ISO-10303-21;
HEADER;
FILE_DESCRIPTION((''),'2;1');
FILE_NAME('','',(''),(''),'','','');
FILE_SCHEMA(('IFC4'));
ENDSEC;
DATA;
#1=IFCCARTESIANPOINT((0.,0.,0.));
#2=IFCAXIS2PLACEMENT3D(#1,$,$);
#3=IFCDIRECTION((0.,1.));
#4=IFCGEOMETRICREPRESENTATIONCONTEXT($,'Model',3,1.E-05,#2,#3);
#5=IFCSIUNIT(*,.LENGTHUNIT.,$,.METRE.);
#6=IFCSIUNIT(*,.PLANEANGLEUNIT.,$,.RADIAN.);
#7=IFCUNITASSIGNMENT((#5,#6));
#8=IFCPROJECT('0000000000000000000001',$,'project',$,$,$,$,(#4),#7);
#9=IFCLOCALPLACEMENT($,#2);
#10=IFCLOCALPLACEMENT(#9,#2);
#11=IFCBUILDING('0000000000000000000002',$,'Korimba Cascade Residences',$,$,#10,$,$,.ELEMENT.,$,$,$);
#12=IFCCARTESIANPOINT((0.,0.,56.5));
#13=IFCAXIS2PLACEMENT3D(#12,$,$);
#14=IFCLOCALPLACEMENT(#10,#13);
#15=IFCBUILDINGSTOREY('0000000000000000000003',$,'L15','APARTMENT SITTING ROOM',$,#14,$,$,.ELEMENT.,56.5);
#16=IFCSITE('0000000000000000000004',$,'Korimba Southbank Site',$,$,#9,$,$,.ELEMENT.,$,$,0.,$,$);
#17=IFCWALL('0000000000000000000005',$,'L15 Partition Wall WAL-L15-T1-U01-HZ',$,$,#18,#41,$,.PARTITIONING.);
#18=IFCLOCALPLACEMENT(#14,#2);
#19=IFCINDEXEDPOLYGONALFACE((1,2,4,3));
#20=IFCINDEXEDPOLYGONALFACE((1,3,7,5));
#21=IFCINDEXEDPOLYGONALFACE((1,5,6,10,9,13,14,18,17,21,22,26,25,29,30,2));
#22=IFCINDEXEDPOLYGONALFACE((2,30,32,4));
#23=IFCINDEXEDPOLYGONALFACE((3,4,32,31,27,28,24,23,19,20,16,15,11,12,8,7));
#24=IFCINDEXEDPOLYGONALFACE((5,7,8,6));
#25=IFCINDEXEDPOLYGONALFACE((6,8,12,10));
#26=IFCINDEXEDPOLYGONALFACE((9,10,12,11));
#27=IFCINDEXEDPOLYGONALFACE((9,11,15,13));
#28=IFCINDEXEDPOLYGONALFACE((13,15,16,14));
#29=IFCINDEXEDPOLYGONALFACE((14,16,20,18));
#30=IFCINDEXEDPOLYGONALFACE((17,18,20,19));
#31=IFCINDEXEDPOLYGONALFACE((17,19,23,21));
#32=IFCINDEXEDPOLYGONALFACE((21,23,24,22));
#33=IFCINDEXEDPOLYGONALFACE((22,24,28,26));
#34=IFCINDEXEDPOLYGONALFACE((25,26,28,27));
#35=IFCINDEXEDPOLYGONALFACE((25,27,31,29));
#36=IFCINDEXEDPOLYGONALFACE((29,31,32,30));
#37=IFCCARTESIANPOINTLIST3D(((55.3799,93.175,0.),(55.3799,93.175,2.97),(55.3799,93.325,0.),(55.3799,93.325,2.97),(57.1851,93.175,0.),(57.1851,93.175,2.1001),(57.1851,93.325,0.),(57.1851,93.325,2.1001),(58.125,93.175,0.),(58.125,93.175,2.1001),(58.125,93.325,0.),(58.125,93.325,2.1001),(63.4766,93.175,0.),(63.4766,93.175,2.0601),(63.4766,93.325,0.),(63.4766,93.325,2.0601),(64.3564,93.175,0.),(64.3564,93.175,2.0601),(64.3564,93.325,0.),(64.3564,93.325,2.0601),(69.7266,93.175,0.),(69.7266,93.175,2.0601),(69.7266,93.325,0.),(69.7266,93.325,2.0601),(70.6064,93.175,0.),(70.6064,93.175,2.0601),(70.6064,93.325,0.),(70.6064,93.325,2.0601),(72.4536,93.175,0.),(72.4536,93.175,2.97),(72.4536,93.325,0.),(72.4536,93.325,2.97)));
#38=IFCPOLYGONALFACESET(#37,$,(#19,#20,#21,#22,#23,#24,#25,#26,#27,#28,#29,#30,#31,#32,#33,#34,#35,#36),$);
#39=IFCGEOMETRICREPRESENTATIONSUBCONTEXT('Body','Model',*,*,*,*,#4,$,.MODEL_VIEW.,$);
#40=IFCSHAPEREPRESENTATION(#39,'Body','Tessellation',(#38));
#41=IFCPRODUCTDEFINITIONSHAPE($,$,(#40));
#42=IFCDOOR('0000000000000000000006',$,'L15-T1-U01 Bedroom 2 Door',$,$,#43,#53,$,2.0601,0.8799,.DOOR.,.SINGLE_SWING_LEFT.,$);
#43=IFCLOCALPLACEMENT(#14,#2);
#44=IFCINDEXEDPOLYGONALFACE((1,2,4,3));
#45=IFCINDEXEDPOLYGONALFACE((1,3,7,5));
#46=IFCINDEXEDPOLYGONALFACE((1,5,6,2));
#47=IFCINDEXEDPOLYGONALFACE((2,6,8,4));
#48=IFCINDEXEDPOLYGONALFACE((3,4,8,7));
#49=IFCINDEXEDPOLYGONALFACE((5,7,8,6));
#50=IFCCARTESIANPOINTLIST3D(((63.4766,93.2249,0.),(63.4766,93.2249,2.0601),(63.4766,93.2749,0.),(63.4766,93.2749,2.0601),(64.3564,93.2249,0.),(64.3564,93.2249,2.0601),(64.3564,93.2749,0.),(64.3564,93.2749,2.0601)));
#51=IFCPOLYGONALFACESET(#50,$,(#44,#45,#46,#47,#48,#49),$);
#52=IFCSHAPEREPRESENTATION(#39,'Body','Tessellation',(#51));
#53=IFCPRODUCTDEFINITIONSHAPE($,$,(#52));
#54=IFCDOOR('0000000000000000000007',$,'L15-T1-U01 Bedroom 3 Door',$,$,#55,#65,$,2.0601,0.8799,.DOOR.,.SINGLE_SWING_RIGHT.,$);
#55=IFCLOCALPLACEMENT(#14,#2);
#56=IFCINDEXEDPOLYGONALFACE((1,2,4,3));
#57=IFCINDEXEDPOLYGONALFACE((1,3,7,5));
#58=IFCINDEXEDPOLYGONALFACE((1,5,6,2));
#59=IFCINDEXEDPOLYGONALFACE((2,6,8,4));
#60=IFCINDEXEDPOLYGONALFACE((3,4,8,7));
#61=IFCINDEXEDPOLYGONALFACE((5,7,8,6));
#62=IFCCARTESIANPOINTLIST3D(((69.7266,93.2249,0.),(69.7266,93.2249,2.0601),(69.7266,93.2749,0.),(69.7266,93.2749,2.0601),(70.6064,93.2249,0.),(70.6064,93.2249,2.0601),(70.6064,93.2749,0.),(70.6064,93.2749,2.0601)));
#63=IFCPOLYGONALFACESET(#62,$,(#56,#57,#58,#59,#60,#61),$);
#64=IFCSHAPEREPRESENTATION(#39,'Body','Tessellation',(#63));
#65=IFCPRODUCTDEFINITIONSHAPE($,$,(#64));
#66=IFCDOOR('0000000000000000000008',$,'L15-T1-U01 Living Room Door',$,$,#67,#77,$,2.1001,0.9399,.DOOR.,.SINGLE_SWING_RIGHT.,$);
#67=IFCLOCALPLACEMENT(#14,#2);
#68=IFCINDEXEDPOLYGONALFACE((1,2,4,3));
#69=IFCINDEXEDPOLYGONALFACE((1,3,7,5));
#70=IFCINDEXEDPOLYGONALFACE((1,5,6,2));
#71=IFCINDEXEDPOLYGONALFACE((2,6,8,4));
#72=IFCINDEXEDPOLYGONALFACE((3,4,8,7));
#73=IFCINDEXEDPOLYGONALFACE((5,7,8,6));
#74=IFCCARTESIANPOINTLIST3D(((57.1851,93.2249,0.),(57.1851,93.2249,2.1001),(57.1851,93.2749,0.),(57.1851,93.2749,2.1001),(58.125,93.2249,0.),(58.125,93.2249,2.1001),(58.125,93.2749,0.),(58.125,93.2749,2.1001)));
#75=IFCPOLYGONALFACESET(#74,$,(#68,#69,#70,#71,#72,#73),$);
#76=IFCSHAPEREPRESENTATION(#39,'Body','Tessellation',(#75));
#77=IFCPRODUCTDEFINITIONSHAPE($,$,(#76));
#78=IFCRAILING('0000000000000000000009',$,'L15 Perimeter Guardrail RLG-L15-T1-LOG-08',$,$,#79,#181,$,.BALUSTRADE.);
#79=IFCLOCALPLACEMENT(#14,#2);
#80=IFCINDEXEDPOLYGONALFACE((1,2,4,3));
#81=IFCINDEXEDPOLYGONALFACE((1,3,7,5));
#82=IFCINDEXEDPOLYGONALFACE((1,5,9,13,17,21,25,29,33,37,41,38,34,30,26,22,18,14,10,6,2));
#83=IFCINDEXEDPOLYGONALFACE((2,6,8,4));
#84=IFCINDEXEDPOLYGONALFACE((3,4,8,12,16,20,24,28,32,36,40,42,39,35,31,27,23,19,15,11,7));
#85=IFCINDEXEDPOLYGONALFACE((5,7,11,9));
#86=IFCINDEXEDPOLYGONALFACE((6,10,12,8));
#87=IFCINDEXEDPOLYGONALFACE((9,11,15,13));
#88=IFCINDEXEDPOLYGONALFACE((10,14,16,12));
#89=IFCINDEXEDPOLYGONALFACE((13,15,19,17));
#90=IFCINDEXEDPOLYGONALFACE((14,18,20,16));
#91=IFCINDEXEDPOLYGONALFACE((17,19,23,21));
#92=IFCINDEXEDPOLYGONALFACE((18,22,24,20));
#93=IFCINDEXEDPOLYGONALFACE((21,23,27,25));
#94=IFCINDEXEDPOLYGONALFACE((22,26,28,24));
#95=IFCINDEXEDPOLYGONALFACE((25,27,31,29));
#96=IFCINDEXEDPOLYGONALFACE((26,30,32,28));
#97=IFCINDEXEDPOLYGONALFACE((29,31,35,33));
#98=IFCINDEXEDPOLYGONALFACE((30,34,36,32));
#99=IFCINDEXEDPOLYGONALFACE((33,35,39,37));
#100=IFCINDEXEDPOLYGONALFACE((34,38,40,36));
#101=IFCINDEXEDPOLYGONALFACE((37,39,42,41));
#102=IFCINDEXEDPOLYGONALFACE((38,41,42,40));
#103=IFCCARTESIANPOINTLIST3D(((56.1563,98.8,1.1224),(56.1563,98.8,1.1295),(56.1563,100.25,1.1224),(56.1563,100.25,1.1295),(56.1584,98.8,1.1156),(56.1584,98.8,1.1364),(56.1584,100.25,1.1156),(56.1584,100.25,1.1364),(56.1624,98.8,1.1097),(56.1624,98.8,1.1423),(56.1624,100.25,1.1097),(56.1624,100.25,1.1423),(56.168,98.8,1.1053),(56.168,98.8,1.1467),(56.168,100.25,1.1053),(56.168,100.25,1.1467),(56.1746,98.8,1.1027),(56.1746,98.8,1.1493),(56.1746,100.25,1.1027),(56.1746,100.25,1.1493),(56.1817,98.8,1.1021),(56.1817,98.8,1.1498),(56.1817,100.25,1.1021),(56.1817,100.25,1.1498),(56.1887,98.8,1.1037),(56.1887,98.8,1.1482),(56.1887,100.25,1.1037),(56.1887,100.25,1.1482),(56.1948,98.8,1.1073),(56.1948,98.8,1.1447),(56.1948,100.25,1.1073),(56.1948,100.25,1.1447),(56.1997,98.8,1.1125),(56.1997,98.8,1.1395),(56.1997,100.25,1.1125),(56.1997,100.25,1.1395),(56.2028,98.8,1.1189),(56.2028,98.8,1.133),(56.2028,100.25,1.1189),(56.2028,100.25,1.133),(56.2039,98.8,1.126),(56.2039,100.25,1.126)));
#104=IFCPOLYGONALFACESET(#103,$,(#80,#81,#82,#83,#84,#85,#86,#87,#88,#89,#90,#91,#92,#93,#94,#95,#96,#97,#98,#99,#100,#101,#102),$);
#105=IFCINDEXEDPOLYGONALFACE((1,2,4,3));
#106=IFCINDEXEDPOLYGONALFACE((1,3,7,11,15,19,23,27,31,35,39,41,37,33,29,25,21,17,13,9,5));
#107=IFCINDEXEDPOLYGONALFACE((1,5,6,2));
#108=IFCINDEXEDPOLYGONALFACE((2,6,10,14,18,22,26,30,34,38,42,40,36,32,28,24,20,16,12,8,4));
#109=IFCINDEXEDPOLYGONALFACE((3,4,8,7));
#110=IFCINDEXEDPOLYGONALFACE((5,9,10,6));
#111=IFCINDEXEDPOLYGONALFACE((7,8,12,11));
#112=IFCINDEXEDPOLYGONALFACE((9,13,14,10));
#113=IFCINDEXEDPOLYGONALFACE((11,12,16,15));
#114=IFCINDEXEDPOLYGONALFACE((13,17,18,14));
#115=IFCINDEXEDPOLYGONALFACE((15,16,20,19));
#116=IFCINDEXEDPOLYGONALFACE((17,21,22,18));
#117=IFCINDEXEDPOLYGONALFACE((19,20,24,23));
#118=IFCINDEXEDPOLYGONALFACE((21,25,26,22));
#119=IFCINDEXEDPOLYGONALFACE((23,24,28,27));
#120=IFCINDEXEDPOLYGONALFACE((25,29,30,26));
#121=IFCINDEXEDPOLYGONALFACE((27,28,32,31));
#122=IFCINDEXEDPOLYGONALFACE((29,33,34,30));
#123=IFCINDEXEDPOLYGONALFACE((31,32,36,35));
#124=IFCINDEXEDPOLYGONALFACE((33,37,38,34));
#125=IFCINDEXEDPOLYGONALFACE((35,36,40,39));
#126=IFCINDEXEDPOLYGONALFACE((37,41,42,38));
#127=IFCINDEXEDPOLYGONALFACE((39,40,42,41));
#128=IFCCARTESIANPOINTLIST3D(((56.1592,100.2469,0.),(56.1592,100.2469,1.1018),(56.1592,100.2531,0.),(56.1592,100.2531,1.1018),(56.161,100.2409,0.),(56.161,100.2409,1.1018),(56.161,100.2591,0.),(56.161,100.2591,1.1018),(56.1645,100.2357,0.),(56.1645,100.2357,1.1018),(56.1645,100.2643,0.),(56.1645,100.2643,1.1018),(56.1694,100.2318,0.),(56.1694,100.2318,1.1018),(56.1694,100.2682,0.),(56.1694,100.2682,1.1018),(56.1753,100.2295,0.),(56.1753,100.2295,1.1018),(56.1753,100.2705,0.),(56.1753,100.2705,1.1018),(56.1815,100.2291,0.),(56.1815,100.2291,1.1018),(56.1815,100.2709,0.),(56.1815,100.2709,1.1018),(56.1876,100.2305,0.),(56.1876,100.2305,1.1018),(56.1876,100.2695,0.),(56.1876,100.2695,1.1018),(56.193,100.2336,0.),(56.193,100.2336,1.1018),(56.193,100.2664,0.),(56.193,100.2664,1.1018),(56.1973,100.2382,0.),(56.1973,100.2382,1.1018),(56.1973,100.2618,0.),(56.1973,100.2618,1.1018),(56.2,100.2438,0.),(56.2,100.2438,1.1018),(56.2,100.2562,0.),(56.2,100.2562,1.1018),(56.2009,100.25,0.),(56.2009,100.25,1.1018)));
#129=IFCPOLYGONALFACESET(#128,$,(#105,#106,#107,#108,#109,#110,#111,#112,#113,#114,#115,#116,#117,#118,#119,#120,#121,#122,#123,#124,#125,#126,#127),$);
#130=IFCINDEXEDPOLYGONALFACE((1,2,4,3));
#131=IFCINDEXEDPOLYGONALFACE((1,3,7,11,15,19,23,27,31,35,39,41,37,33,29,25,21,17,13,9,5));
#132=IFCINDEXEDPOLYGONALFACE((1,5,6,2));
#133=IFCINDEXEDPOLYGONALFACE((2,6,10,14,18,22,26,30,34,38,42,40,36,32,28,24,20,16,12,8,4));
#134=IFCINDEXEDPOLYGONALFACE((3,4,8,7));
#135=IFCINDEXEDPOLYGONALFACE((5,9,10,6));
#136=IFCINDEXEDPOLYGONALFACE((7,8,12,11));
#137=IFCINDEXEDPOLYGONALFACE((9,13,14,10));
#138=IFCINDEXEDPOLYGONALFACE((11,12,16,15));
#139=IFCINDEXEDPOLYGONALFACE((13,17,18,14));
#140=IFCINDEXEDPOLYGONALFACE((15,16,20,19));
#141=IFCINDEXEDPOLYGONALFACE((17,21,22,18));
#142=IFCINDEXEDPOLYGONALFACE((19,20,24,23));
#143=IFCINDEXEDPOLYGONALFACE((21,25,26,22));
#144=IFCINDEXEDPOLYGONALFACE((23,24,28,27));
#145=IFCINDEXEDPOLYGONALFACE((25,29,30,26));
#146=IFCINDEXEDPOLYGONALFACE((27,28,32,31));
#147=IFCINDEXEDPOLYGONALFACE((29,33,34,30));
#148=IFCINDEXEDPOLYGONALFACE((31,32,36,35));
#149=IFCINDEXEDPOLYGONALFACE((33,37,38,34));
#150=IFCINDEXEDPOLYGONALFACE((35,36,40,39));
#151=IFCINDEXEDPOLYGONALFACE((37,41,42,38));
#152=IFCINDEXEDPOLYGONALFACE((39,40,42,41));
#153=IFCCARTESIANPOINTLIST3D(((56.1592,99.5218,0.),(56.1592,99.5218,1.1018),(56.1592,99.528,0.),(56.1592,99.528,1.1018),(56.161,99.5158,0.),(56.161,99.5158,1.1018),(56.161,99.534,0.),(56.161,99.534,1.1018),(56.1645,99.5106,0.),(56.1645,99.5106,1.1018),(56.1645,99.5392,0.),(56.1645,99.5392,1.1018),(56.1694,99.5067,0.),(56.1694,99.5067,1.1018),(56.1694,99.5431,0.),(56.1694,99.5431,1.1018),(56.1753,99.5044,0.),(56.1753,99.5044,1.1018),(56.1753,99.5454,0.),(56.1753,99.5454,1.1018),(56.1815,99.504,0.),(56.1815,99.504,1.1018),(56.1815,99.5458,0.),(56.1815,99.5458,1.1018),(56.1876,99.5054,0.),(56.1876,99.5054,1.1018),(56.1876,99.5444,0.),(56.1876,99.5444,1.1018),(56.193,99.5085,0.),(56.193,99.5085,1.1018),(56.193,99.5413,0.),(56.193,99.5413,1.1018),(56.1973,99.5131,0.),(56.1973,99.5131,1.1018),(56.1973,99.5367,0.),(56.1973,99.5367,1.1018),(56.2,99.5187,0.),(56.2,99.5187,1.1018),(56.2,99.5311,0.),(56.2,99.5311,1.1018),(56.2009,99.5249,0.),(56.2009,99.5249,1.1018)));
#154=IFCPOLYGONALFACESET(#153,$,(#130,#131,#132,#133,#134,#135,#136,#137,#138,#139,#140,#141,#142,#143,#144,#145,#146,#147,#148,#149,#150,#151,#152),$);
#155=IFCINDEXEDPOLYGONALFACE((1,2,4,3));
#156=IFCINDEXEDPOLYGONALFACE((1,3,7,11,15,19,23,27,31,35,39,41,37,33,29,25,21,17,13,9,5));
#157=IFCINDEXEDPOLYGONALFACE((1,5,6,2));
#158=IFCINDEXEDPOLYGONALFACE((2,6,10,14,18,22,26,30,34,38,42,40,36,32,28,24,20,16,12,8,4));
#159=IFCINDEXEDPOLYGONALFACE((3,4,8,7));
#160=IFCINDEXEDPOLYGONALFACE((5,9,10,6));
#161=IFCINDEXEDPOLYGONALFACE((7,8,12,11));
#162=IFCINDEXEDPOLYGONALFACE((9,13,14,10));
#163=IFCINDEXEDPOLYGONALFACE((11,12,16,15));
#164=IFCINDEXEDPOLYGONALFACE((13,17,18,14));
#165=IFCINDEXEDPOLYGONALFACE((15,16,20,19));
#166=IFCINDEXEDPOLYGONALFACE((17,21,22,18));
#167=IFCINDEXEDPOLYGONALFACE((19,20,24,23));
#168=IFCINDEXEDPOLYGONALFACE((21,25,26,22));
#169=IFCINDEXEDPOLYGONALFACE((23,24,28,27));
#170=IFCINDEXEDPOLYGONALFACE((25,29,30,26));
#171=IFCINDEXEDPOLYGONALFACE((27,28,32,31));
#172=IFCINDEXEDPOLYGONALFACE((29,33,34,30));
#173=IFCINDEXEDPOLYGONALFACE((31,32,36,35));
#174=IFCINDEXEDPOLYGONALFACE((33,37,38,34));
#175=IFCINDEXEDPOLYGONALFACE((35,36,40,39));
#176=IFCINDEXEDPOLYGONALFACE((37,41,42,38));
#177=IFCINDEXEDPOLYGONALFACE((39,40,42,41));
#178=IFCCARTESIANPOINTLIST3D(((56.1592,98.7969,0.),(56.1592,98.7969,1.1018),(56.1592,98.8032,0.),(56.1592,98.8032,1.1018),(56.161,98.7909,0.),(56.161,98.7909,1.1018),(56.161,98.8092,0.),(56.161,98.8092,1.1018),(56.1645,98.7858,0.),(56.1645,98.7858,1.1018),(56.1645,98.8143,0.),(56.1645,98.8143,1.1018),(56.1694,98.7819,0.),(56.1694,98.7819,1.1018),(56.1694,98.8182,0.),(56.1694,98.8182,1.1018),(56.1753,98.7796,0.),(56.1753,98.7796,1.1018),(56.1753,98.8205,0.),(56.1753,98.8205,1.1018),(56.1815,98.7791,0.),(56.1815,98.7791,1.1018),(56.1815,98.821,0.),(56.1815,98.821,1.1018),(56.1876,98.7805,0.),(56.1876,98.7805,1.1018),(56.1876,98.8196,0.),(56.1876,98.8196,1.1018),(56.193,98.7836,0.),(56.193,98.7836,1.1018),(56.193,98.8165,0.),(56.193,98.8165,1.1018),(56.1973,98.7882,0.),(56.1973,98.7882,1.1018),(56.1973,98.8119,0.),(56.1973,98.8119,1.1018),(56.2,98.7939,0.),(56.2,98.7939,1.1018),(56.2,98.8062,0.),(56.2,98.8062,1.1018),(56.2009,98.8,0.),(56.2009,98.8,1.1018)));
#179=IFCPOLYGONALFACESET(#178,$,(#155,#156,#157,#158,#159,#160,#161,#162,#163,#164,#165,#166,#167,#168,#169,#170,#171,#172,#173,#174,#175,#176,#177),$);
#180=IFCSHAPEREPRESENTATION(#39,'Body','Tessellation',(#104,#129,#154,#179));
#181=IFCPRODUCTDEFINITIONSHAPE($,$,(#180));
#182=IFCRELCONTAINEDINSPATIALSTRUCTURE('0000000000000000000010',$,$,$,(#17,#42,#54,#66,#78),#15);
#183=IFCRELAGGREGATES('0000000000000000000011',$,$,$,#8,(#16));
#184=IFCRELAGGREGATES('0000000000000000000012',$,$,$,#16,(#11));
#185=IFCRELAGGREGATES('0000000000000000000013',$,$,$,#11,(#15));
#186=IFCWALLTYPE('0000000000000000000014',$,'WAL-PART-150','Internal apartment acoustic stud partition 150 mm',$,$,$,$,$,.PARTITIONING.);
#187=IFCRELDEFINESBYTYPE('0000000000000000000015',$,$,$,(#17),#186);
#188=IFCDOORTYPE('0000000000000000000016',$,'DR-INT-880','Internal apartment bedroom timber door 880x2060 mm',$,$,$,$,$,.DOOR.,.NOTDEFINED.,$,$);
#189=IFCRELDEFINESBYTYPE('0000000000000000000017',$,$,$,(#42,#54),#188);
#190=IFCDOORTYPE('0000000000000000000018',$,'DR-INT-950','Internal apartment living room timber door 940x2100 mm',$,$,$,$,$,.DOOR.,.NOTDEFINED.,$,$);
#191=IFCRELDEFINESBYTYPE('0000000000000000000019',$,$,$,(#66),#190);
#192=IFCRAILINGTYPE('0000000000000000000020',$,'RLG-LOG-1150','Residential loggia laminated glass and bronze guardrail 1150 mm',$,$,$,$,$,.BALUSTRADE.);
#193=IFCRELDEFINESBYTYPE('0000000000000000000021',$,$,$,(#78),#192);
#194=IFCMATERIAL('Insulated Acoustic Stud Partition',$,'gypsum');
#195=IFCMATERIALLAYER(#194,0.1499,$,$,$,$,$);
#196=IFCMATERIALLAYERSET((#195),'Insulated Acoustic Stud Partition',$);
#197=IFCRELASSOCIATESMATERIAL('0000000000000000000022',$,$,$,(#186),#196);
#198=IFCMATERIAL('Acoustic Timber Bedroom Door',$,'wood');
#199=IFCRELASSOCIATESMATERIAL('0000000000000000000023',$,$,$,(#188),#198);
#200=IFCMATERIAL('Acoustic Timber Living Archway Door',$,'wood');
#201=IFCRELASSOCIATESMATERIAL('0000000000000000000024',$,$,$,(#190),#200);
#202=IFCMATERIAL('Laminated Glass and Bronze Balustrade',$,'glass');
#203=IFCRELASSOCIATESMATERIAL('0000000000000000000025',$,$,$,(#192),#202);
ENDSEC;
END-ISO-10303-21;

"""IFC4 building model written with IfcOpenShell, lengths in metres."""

from ifc_helpers import new_model, si_unit, direction, frame, frame_2d, origin, origin_2d, place, context, subcontext, project, spatial, rectangle, circle, extrude, material, layer, layer_set, type_object, element, fill, save


model = new_model("IFC4")

# Units and contexts
model_context = context("Model", 3, precision=1e-05, world=origin(), true_north=direction((0.0, 1.0)))
body_context = subcontext(model_context, "Body", "Model", "MODEL_VIEW")
ifc_project = project(units=[si_unit("LENGTHUNIT", "METRE"), si_unit("PLANEANGLEUNIT", "RADIAN")], contexts=[model_context])

# Site, building, storey
site_placement = place(None, origin())
site = spatial("IfcSite", under=ifc_project, at=site_placement, Name="Korimba Southbank Site", CompositionType="ELEMENT", RefElevation=0.0)
building_placement = place(site_placement, origin())
building = spatial("IfcBuilding", under=site, at=building_placement, Name="Korimba Cascade Residences", CompositionType="ELEMENT")
storey_placement = place(building_placement, frame((0.0, 0.0, 56.5)))
storey = spatial("IfcBuildingStorey", under=building, at=storey_placement, Name="L15", Description="APARTMENT SITTING ROOM", CompositionType="ELEMENT", Elevation=56.5)

# Shared definitions
ifc_material_1 = material(Name="Insulated Acoustic Stud Partition", Category="gypsum")
ifc_layer_1 = layer(ifc_material_1, 0.1499)
ifc_layer_set_1 = layer_set([ifc_layer_1], Name="Insulated Acoustic Stud Partition")
wall_type_1 = type_object("IfcWallType", Name="WAL-PART-150", Description="Internal apartment acoustic stud partition 150 mm", PredefinedType="PARTITIONING", material=ifc_layer_set_1)

# Wall, openings, doors
wall_1_placement = place(storey_placement, frame((55.3799, 93.25, 0.0), z_axis=(0.0, 0.0, 1.0), x_axis=(1.0, 0.0, 0.0)))
wall_1 = element("IfcWall", 1, at=wall_1_placement, inside=storey, type_object=wall_type_1, Name="L15 Partition Wall WAL-L15-T1-U01-HZ", PredefinedType="PARTITIONING", context=body_context, shape_type="SweptSolid", body=[
    extrude(rectangle(XDim=17.0737, YDim=0.1499, at=frame_2d((8.5369, 0.0))), origin(), (0.0, 0.0, 1.0), 2.97),
])
opening_1_placement = place(wall_1_placement, frame((1.8052, 0.0, 0.0)))
opening_1 = element("IfcOpeningElement", 2, at=opening_1_placement, cuts=wall_1, PredefinedType="OPENING", context=body_context, shape_type="SweptSolid", body=[
    extrude(rectangle(XDim=0.9399, YDim=2.1001, at=frame_2d((0.47, 1.05))), frame((0.0, 0.085, 0.0), z_axis=(0.0, -1.0, 0.0), x_axis=(1.0, 0.0, 0.0)), (0.0, 0.0, 1.0), 0.1699),
])
opening_2_placement = place(wall_1_placement, frame((8.0967, 0.0, 0.0)))
opening_2 = element("IfcOpeningElement", 3, at=opening_2_placement, cuts=wall_1, PredefinedType="OPENING", context=body_context, shape_type="SweptSolid", body=[
    extrude(rectangle(XDim=0.8799, YDim=2.0601, at=frame_2d((0.4399, 1.03))), frame((0.0, 0.085, 0.0), z_axis=(0.0, -1.0, 0.0), x_axis=(1.0, 0.0, 0.0)), (0.0, 0.0, 1.0), 0.1699),
])
opening_3_placement = place(wall_1_placement, frame((14.3467, 0.0, 0.0)))
opening_3 = element("IfcOpeningElement", 4, at=opening_3_placement, cuts=wall_1, PredefinedType="OPENING", context=body_context, shape_type="SweptSolid", body=[
    extrude(rectangle(XDim=0.8799, YDim=2.0601, at=frame_2d((0.4399, 1.03))), frame((0.0, 0.085, 0.0), z_axis=(0.0, -1.0, 0.0), x_axis=(1.0, 0.0, 0.0)), (0.0, 0.0, 1.0), 0.1699),
])
ifc_material_2 = material(Name="Acoustic Timber Bedroom Door", Category="wood")
door_type_1 = type_object("IfcDoorType", Name="DR-INT-880", Description="Internal apartment bedroom timber door 880x2060 mm", OperationType="NOTDEFINED", PredefinedType="DOOR", material=ifc_material_2)
door_1_placement = place(opening_2_placement, origin())
door_1 = element("IfcDoor", 5, at=door_1_placement, inside=storey, type_object=door_type_1, Name="L15-T1-U01 Bedroom 2 Door", OperationType="SINGLE_SWING_LEFT", OverallHeight=2.0601, OverallWidth=0.8799, PredefinedType="DOOR", context=body_context, shape_type="SweptSolid", body=[
    extrude(rectangle(XDim=0.8799, YDim=2.0601, at=frame_2d((0.4399, 1.03))), frame((0.0, 0.0249, 0.0), z_axis=(0.0, -1.0, 0.0), x_axis=(1.0, 0.0, 0.0)), (0.0, 0.0, 1.0), 0.05),
])
fill(opening_2, door_1)
door_2_placement = place(opening_3_placement, origin())
door_2 = element("IfcDoor", 6, at=door_2_placement, inside=storey, type_object=door_type_1, Name="L15-T1-U01 Bedroom 3 Door", OperationType="SINGLE_SWING_RIGHT", OverallHeight=2.0601, OverallWidth=0.8799, PredefinedType="DOOR", context=body_context, shape_type="SweptSolid", body=[
    extrude(rectangle(XDim=0.8799, YDim=2.0601, at=frame_2d((0.4399, 1.03))), frame((0.0, 0.0249, 0.0), z_axis=(0.0, -1.0, 0.0), x_axis=(1.0, 0.0, 0.0)), (0.0, 0.0, 1.0), 0.05),
])
fill(opening_3, door_2)
ifc_material_3 = material(Name="Acoustic Timber Living Archway Door", Category="wood")
door_type_2 = type_object("IfcDoorType", Name="DR-INT-950", Description="Internal apartment living room timber door 940x2100 mm", OperationType="NOTDEFINED", PredefinedType="DOOR", material=ifc_material_3)
door_3_placement = place(opening_1_placement, origin())
door_3 = element("IfcDoor", 7, at=door_3_placement, inside=storey, type_object=door_type_2, Name="L15-T1-U01 Living Room Door", OperationType="SINGLE_SWING_RIGHT", OverallHeight=2.1001, OverallWidth=0.9399, PredefinedType="DOOR", context=body_context, shape_type="SweptSolid", body=[
    extrude(rectangle(XDim=0.9399, YDim=2.1001, at=frame_2d((0.47, 1.05))), frame((0.0, 0.0249, 0.0), z_axis=(0.0, -1.0, 0.0), x_axis=(1.0, 0.0, 0.0)), (0.0, 0.0, 1.0), 0.05),
])
fill(opening_1, door_3)

# Railing
ifc_material_4 = material(Name="Laminated Glass and Bronze Balustrade", Category="glass")
railing_type = type_object("IfcRailingType", Name="RLG-LOG-1150", Description="Residential loggia laminated glass and bronze guardrail 1150 mm", PredefinedType="BALUSTRADE", material=ifc_material_4)
railing_placement = place(storey_placement, frame((56.1799, 100.25, 0.0)))
element("IfcRailing", 8, at=railing_placement, inside=storey, type_object=railing_type, Name="L15 Perimeter Guardrail RLG-L15-T1-LOG-08", PredefinedType="BALUSTRADE", context=body_context, shape_type="SweptSolid", body=[
    extrude(circle(Radius=0.0239, at=origin_2d()), frame((0.0, 0.0, 1.126), z_axis=(0.0, -1.0, 0.0), x_axis=(1.0, 0.0, 0.0)), (0.0, 0.0, 1.0), 1.45),
    extrude(circle(Radius=0.021, at=origin_2d()), origin(), (0.0, 0.0, 1.0), 1.1018),
    extrude(circle(Radius=0.021, at=origin_2d()), frame((0.0, -0.7251, 0.0)), (0.0, 0.0, 1.0), 1.1018),
    extrude(circle(Radius=0.021, at=origin_2d()), frame((0.0, -1.45, 0.0)), (0.0, 0.0, 1.0), 1.1018),
])

save(model, "model.ifc")
